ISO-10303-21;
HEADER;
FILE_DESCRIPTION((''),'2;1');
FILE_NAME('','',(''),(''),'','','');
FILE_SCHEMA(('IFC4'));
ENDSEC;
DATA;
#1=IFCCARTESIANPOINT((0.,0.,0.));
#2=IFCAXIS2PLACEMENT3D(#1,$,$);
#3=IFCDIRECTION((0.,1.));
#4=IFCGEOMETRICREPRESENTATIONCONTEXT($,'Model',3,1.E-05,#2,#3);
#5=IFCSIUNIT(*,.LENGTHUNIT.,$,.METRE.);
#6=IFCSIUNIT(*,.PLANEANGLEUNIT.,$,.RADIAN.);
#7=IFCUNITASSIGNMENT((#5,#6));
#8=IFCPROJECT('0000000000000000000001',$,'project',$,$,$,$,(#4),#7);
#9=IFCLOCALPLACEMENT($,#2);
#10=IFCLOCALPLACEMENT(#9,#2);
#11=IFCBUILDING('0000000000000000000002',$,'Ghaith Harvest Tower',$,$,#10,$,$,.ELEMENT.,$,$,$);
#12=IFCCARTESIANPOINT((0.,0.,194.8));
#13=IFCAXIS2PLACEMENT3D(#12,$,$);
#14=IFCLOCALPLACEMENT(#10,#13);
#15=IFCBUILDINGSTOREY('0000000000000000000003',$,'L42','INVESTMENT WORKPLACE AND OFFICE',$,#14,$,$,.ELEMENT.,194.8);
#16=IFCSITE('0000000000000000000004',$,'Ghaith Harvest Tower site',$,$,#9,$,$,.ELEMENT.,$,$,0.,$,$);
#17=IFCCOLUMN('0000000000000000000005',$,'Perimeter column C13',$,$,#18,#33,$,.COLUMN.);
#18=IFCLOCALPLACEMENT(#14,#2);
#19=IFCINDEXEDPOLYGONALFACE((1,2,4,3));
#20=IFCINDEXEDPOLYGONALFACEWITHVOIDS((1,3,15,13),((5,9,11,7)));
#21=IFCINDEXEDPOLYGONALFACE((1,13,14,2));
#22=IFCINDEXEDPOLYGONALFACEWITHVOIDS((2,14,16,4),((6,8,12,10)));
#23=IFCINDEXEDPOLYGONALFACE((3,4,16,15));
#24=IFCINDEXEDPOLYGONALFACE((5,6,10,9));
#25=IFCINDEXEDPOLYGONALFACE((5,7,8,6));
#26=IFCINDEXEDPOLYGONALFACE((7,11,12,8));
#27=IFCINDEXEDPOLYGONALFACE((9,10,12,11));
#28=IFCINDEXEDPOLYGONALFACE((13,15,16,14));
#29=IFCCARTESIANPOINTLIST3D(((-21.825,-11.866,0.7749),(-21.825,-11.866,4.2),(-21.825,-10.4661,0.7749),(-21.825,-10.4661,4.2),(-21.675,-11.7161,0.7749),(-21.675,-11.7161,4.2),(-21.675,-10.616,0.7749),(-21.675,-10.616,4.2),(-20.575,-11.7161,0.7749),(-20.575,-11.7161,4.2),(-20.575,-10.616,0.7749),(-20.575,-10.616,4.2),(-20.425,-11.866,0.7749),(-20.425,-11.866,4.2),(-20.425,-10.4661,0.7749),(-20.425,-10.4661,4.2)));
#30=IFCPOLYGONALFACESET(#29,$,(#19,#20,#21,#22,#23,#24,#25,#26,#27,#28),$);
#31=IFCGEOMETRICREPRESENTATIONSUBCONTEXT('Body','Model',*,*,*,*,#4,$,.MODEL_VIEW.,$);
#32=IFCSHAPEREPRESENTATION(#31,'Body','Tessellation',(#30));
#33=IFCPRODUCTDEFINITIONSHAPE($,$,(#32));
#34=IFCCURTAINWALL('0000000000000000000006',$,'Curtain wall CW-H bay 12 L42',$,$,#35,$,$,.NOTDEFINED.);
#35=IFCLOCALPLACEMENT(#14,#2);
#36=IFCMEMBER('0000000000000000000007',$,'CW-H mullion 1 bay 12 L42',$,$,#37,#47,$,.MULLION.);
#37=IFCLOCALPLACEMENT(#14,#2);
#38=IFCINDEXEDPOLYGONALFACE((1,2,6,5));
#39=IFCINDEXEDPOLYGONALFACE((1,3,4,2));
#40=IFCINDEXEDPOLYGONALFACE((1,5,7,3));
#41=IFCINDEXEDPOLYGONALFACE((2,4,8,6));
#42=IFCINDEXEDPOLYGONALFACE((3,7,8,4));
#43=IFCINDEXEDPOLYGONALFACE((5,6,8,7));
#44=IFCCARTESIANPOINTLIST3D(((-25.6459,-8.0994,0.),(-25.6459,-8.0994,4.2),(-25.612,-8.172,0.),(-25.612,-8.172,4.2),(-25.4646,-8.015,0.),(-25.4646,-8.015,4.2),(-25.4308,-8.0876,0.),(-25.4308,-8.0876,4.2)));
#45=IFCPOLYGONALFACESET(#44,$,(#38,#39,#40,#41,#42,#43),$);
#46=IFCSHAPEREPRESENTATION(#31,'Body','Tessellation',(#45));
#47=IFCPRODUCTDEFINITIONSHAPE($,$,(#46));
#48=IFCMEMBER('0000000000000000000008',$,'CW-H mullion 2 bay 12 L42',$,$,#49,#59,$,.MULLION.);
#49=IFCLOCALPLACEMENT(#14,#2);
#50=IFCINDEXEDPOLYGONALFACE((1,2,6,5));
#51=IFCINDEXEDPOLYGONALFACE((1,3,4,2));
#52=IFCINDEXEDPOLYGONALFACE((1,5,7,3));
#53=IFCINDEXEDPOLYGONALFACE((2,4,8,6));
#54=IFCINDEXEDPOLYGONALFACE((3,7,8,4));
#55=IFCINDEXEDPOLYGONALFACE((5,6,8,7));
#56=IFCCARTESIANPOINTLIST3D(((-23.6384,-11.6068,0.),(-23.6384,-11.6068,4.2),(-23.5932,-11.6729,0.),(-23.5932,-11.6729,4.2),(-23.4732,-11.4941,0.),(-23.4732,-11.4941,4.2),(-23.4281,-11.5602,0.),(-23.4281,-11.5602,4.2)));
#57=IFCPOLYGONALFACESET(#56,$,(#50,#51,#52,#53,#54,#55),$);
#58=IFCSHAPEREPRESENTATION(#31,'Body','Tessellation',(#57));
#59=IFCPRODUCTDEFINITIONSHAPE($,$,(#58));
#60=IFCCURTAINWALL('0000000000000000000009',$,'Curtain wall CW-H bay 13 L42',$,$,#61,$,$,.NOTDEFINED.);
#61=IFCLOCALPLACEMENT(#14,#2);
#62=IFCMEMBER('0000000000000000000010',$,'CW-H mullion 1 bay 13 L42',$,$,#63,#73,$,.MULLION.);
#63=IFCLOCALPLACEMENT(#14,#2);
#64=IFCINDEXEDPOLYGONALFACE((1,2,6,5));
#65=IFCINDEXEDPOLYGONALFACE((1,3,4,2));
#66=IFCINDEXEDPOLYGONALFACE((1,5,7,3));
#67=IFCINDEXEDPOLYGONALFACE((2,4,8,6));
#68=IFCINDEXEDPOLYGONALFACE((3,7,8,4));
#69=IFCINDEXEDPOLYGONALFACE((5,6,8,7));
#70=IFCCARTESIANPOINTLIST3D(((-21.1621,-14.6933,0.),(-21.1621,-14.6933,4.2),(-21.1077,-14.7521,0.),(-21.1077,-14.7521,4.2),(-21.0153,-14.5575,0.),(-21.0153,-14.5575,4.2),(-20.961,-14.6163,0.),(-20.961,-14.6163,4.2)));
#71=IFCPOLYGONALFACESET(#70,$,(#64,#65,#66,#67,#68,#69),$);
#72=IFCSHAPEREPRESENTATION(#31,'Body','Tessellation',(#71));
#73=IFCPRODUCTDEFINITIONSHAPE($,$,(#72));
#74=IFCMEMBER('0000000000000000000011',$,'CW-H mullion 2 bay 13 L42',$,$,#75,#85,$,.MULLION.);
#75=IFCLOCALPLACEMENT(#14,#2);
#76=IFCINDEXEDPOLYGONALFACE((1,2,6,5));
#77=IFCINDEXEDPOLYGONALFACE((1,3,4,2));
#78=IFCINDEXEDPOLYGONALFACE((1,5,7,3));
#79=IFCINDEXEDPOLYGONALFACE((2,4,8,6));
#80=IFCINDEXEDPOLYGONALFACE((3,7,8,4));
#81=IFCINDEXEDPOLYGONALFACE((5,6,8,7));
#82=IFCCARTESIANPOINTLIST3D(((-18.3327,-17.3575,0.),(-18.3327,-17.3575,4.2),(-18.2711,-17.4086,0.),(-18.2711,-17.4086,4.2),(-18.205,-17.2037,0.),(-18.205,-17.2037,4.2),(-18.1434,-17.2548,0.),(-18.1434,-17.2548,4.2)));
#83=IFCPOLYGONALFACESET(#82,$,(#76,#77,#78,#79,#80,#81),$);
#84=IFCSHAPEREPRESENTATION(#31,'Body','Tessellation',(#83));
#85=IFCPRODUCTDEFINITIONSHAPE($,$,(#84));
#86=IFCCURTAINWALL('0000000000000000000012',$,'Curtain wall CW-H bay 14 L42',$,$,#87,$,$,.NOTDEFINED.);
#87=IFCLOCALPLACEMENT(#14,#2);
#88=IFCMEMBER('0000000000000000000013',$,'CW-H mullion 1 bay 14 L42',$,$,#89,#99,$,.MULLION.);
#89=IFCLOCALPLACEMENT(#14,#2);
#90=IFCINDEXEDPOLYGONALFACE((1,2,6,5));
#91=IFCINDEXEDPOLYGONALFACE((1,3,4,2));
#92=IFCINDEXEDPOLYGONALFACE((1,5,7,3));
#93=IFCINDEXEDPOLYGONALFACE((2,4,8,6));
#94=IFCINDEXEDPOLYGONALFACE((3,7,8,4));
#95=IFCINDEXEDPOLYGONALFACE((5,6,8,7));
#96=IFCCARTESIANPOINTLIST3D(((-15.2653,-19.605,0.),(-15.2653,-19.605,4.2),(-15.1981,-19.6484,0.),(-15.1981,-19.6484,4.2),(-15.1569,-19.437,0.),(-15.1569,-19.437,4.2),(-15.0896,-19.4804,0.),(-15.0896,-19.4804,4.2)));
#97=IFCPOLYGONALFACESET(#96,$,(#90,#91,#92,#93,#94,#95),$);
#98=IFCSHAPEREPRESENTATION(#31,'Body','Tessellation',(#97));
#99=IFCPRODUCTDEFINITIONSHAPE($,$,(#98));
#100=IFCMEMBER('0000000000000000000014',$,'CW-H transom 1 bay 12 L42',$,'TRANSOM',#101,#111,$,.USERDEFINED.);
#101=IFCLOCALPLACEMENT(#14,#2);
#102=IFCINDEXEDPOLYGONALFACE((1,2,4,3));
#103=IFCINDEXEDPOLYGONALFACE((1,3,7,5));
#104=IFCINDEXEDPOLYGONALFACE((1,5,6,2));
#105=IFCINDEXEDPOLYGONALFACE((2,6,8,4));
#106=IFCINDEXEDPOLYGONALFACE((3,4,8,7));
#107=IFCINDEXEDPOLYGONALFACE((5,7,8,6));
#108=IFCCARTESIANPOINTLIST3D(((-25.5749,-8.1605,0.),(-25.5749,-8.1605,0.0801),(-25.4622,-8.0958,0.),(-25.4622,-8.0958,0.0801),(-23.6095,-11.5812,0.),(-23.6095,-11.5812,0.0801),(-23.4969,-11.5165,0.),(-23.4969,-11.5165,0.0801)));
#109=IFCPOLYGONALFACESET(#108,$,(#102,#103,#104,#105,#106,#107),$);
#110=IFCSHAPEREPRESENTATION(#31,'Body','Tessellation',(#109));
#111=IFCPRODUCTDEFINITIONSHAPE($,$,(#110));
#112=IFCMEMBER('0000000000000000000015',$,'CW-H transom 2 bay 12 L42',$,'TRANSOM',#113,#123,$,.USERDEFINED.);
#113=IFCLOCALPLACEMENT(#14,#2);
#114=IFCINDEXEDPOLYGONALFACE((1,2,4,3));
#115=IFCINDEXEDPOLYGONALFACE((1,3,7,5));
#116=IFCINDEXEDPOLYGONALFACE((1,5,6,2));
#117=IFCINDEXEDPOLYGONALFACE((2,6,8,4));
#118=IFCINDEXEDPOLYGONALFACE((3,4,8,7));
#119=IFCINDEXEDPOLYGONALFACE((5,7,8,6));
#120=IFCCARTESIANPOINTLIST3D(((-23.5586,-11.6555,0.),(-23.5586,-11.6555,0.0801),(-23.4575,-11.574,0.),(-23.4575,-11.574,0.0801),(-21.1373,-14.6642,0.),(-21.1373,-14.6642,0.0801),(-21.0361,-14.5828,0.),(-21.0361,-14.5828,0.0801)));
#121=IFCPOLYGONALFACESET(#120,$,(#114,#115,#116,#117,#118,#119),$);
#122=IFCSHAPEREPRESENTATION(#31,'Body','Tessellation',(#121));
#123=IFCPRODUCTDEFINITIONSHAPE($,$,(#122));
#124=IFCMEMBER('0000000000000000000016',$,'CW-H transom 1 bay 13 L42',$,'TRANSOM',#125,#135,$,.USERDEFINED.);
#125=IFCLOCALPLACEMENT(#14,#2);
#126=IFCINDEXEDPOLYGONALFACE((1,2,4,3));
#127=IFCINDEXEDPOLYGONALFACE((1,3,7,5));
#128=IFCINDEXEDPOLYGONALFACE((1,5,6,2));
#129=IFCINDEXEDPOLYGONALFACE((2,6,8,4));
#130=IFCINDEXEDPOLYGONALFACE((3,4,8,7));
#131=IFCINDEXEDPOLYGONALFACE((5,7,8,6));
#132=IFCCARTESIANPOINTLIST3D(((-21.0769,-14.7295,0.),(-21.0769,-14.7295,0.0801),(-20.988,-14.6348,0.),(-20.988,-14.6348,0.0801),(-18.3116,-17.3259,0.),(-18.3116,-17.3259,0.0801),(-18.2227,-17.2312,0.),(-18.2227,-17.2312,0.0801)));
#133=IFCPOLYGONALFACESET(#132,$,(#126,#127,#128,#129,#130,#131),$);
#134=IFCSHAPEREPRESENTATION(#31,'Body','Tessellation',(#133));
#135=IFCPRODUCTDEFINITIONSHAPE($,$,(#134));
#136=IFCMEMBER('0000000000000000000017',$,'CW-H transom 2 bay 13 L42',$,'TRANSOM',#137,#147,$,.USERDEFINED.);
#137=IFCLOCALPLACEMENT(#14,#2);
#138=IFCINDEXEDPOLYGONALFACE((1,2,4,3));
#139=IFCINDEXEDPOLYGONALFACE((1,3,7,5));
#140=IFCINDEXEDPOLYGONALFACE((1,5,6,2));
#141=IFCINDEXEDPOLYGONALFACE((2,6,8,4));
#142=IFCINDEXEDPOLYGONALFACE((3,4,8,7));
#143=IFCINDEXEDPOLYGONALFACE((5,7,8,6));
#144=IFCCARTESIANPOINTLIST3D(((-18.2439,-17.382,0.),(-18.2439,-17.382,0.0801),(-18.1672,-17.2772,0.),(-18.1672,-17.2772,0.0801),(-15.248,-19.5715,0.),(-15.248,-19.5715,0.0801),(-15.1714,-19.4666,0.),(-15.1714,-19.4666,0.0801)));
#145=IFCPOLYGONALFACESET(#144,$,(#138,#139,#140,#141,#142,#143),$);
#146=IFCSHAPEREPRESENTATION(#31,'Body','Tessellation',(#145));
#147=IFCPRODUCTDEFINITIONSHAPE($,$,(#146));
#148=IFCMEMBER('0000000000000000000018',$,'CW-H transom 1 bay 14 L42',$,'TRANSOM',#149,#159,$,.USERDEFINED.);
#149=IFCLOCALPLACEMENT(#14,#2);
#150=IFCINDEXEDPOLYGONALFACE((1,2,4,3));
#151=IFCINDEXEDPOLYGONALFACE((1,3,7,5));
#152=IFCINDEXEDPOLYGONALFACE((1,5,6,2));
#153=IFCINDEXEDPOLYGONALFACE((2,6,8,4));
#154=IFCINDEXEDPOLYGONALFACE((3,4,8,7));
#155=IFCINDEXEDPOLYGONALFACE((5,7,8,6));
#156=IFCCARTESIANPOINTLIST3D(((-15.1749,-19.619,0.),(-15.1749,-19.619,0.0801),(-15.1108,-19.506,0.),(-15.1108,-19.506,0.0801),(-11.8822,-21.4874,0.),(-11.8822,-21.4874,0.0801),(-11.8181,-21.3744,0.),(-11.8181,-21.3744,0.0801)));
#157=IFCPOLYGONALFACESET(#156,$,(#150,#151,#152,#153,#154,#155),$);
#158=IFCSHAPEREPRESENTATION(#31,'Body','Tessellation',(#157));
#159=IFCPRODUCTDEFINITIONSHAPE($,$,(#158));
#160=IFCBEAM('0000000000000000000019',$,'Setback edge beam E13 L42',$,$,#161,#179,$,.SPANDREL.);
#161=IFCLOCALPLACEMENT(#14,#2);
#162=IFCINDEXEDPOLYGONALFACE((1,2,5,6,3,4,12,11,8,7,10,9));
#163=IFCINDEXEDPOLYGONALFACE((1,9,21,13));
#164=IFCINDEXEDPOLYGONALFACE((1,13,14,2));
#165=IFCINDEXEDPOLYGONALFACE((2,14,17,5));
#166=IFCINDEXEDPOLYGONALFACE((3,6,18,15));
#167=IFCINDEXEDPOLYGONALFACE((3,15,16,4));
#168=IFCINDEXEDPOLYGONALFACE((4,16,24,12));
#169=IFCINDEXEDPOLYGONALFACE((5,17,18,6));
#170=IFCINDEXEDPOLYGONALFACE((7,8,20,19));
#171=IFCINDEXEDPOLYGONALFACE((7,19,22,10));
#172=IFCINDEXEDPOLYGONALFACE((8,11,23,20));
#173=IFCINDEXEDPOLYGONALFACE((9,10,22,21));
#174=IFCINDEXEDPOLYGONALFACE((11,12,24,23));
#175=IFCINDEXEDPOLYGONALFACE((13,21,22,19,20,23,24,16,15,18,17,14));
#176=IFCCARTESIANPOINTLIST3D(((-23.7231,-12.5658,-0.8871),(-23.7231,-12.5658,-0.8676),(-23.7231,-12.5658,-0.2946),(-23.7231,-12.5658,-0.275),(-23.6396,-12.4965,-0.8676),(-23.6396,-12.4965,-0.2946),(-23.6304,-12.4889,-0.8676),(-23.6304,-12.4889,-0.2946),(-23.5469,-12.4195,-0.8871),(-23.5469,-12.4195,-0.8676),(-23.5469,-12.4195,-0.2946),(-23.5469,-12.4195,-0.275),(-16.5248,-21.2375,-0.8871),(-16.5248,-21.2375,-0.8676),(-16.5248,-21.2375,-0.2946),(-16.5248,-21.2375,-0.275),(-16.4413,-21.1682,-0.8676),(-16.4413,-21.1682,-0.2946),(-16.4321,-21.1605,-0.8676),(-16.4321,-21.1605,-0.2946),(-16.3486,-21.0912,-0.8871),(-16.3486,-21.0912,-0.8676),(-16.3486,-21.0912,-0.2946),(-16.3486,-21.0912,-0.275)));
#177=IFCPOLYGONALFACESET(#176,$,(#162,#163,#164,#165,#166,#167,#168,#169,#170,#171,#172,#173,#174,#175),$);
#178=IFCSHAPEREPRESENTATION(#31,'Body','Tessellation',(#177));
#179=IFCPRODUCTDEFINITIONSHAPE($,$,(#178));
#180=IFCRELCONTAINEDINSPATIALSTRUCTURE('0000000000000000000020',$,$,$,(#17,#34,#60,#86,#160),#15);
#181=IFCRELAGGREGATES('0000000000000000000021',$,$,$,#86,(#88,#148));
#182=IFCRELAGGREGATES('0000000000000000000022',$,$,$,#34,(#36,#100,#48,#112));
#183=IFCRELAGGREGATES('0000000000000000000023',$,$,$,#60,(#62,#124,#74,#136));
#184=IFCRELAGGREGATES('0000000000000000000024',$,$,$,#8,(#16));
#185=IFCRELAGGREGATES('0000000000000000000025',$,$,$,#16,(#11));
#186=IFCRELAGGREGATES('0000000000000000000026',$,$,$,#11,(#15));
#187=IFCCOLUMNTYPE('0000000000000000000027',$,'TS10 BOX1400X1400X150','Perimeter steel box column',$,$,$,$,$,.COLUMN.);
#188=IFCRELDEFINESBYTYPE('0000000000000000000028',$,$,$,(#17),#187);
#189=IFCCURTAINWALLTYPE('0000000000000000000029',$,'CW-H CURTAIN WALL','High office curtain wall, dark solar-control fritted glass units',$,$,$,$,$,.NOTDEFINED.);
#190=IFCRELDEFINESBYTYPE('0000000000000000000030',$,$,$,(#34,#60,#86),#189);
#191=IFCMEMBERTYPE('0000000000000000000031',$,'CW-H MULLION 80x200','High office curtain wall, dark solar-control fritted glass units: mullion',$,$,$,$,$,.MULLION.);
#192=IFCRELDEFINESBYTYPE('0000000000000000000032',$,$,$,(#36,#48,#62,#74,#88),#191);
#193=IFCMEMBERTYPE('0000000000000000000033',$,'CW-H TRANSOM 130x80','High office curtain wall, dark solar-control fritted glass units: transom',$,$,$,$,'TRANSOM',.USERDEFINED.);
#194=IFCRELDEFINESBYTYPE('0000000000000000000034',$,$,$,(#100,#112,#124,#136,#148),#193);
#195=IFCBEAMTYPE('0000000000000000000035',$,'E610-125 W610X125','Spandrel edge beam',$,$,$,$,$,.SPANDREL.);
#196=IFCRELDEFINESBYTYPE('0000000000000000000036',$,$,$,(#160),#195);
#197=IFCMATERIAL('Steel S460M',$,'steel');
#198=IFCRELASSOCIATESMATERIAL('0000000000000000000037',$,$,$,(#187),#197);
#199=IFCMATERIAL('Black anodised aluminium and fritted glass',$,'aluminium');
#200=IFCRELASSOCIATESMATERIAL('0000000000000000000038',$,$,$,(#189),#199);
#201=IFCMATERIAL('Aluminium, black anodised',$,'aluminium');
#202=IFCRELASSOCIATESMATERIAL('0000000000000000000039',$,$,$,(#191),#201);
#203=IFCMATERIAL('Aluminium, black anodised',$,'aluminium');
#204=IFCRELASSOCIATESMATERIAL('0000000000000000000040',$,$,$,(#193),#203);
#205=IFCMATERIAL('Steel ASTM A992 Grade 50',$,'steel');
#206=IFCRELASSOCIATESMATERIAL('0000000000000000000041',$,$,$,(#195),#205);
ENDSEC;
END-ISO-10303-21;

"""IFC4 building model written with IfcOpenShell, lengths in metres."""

from ifc_helpers import new_model, si_unit, direction, frame, origin, origin_2d, place, context, subcontext, project, spatial, rectangle, hollow_rectangle, i_section, extrude, material, material_profile, profile_set, type_object, element, aggregate, save


model = new_model("IFC4")

# Units and contexts
model_context = context("Model", 3, precision=1e-05, world=origin(), true_north=direction((0.0, 1.0)))
body_context = subcontext(model_context, "Body", "Model", "MODEL_VIEW")
ifc_project = project(units=[si_unit("LENGTHUNIT", "METRE"), si_unit("PLANEANGLEUNIT", "RADIAN")], contexts=[model_context])

# Site, building, storey
site_placement = place(None, origin())
site = spatial("IfcSite", under=ifc_project, at=site_placement, Name="Ghaith Harvest Tower site", CompositionType="ELEMENT", RefElevation=0.0)
building_placement = place(site_placement, origin())
building = spatial("IfcBuilding", under=site, at=building_placement, Name="Ghaith Harvest Tower", CompositionType="ELEMENT")
storey_placement = place(building_placement, frame((0.0, 0.0, 194.8)))
storey = spatial("IfcBuildingStorey", under=building, at=storey_placement, Name="L42", Description="INVESTMENT WORKPLACE AND OFFICE", CompositionType="ELEMENT", Elevation=194.8)

# Column
ifc_material_1 = material(Name="Steel S460M", Category="steel")
ifc_material_profile_1 = material_profile(ifc_material_1, hollow_rectangle(XDim=1.3999, YDim=1.3999, WallThickness=0.1499, at=origin_2d()), Name="BOX1400X1400X150")
ifc_profile_set_1 = profile_set([ifc_material_profile_1], Name="Steel S460M")
column_type = type_object("IfcColumnType", Name="TS10 BOX1400X1400X150", Description="Perimeter steel box column", PredefinedType="COLUMN", material=ifc_profile_set_1)
column_placement = place(storey_placement, frame((-21.125, -11.166, 0.7749), z_axis=(0.0, 0.0, 1.0), x_axis=(1.0, 0.0, 0.0)))
element("IfcColumn", 1, at=column_placement, inside=storey, type_object=column_type, Name="Perimeter column C13", PredefinedType="COLUMN", context=body_context, shape_type="SweptSolid", body=[
    extrude(hollow_rectangle(XDim=1.3999, YDim=1.3999, WallThickness=0.1499, at=origin_2d()), origin(), (0.0, 0.0, 1.0), 3.425),
])

# Curtain walls, members
ifc_material_2 = material(Name="Black anodised aluminium and fritted glass", Category="aluminium")
curtain_wall_type = type_object("IfcCurtainWallType", Name="CW-H CURTAIN WALL", Description="High office curtain wall, dark solar-control fritted glass units", PredefinedType="NOTDEFINED", material=ifc_material_2)
curtain_wall_1_placement = place(storey_placement, origin())
curtain_wall_1 = element("IfcCurtainWall", 2, at=curtain_wall_1_placement, inside=storey, type_object=curtain_wall_type, Name="Curtain wall CW-H bay 12 L42", PredefinedType="NOTDEFINED")
ifc_material_3 = material(Name="Aluminium, black anodised", Category="aluminium")
ifc_material_profile_2 = material_profile(ifc_material_3, rectangle(XDim=0.0801, YDim=0.2, at=origin_2d()), Name="CW-H MULLION 80x200")
ifc_profile_set_2 = profile_set([ifc_material_profile_2], Name="Aluminium, black anodised")
member_type_1 = type_object("IfcMemberType", Name="CW-H MULLION 80x200", Description="High office curtain wall, dark solar-control fritted glass units: mullion", PredefinedType="MULLION", material=ifc_profile_set_2)
member_1_placement = place(storey_placement, frame((-25.5383, -8.0935, 0.0), z_axis=(0.0, 0.0, 1.0), x_axis=(0.422309, -0.906452, 0.0)))
member_1 = element("IfcMember", 3, at=member_1_placement, type_object=member_type_1, Name="CW-H mullion 1 bay 12 L42", PredefinedType="MULLION", context=body_context, shape_type="SweptSolid", body=[
    extrude(rectangle(XDim=0.0801, YDim=0.2, at=origin_2d()), origin(), (0.0, 0.0, 1.0), 4.2),
])
member_2_placement = place(storey_placement, frame((-23.5332, -11.5835, 0.0), z_axis=(0.0, 0.0, 1.0), x_axis=(0.563617, -0.826037, 0.0)))
member_2 = element("IfcMember", 4, at=member_2_placement, type_object=member_type_1, Name="CW-H mullion 2 bay 12 L42", PredefinedType="MULLION", context=body_context, shape_type="SweptSolid", body=[
    extrude(rectangle(XDim=0.0801, YDim=0.2, at=origin_2d()), origin(), (0.0, 0.0, 1.0), 4.2),
])
curtain_wall_2_placement = place(storey_placement, origin())
curtain_wall_2 = element("IfcCurtainWall", 5, at=curtain_wall_2_placement, inside=storey, type_object=curtain_wall_type, Name="Curtain wall CW-H bay 13 L42", PredefinedType="NOTDEFINED")
member_3_placement = place(storey_placement, frame((-21.0615, -14.6548, 0.0), z_axis=(0.0, 0.0, 1.0), x_axis=(0.679182, -0.73397, 0.0)))
member_3 = element("IfcMember", 6, at=member_3_placement, type_object=member_type_1, Name="CW-H mullion 1 bay 13 L42", PredefinedType="MULLION", context=body_context, shape_type="SweptSolid", body=[
    extrude(rectangle(XDim=0.0801, YDim=0.2, at=origin_2d()), origin(), (0.0, 0.0, 1.0), 4.2),
])
member_4_placement = place(storey_placement, frame((-18.238, -17.3062, 0.0), z_axis=(0.0, 0.0, 1.0), x_axis=(0.769217, -0.638988, 0.0)))
member_4 = element("IfcMember", 7, at=member_4_placement, type_object=member_type_1, Name="CW-H mullion 2 bay 13 L42", PredefinedType="MULLION", context=body_context, shape_type="SweptSolid", body=[
    extrude(rectangle(XDim=0.0801, YDim=0.2, at=origin_2d()), origin(), (0.0, 0.0, 1.0), 4.2),
])

# Curtain wall, member
curtain_wall_3_placement = place(storey_placement, origin())
curtain_wall_3 = element("IfcCurtainWall", 8, at=curtain_wall_3_placement, inside=storey, type_object=curtain_wall_type, Name="Curtain wall CW-H bay 14 L42", PredefinedType="NOTDEFINED")
member_5_placement = place(storey_placement, frame((-15.1775, -19.5427, 0.0), z_axis=(0.0, 0.0, 1.0), x_axis=(0.840234, -0.542225, 0.0)))
member_5 = element("IfcMember", 9, at=member_5_placement, type_object=member_type_1, Name="CW-H mullion 1 bay 14 L42", PredefinedType="MULLION", context=body_context, shape_type="SweptSolid", body=[
    extrude(rectangle(XDim=0.0801, YDim=0.2, at=origin_2d()), origin(), (0.0, 0.0, 1.0), 4.2),
])

# Members
ifc_material_4 = material(Name="Aluminium, black anodised", Category="aluminium")
ifc_material_profile_3 = material_profile(ifc_material_4, rectangle(XDim=0.1299, YDim=0.0801, at=origin_2d()), Name="CW-H TRANSOM 130x80")
ifc_profile_set_3 = profile_set([ifc_material_profile_3], Name="Aluminium, black anodised")
member_type_2 = type_object("IfcMemberType", Name="CW-H TRANSOM 130x80", Description="High office curtain wall, dark solar-control fritted glass units: transom", ElementType="TRANSOM", PredefinedType="USERDEFINED", material=ifc_profile_set_3)
member_6_placement = place(storey_placement, frame((-25.5186, -8.1282, 0.04), z_axis=(0.498177, -0.867075, 0.0), x_axis=(0.867075, 0.498177, 0.0)))
member_6 = element("IfcMember", 10, at=member_6_placement, type_object=member_type_2, Name="CW-H transom 1 bay 12 L42", ObjectType="TRANSOM", PredefinedType="USERDEFINED", context=body_context, shape_type="SweptSolid", body=[
    extrude(rectangle(XDim=0.1299, YDim=0.0801, at=origin_2d()), origin(), (0.0, 0.0, 1.0), 3.9451),
])
member_7_placement = place(storey_placement, frame((-23.5081, -11.6147, 0.04), z_axis=(0.626959, -0.779052, 0.0), x_axis=(0.779052, 0.626959, 0.0)))
member_7 = element("IfcMember", 11, at=member_7_placement, type_object=member_type_2, Name="CW-H transom 2 bay 12 L42", ObjectType="TRANSOM", PredefinedType="USERDEFINED", context=body_context, shape_type="SweptSolid", body=[
    extrude(rectangle(XDim=0.1299, YDim=0.0801, at=origin_2d()), origin(), (0.0, 0.0, 1.0), 3.8621),
])
member_8_placement = place(storey_placement, frame((-21.0325, -14.6821, 0.04), z_axis=(0.729025, -0.684487, 0.0), x_axis=(0.684487, 0.729025, 0.0)))
member_8 = element("IfcMember", 12, at=member_8_placement, type_object=member_type_2, Name="CW-H transom 1 bay 13 L42", ObjectType="TRANSOM", PredefinedType="USERDEFINED", context=body_context, shape_type="SweptSolid", body=[
    extrude(rectangle(XDim=0.1299, YDim=0.0801, at=origin_2d()), origin(), (0.0, 0.0, 1.0), 3.7932),
])
member_9_placement = place(storey_placement, frame((-18.2056, -17.3296, 0.04), z_axis=(0.807368, -0.590048, 0.0), x_axis=(0.590048, 0.807368, 0.0)))
member_9 = element("IfcMember", 13, at=member_9_placement, type_object=member_type_2, Name="CW-H transom 2 bay 13 L42", ObjectType="TRANSOM", PredefinedType="USERDEFINED", context=body_context, shape_type="SweptSolid", body=[
    extrude(rectangle(XDim=0.1299, YDim=0.0801, at=origin_2d()), origin(), (0.0, 0.0, 1.0), 3.7107),
])
member_10_placement = place(storey_placement, frame((-15.1428, -19.5625, 0.04), z_axis=(0.869735, -0.493519, 0.0), x_axis=(0.493519, 0.869735, 0.0)))
member_10 = element("IfcMember", 14, at=member_10_placement, type_object=member_type_2, Name="CW-H transom 1 bay 14 L42", ObjectType="TRANSOM", PredefinedType="USERDEFINED", context=body_context, shape_type="SweptSolid", body=[
    extrude(rectangle(XDim=0.1299, YDim=0.0801, at=origin_2d()), origin(), (0.0, 0.0, 1.0), 3.7859),
])
aggregate(curtain_wall_3, [member_5, member_10])

# Beam
ifc_material_5 = material(Name="Steel ASTM A992 Grade 50", Category="steel")
ifc_material_profile_4 = material_profile(ifc_material_5, i_section(OverallWidth=0.229, OverallDepth=0.6121, WebThickness=0.012, FlangeThickness=0.0195, at=origin_2d()), Name="W610X125")
ifc_profile_set_4 = profile_set([ifc_material_profile_4], Name="Steel ASTM A992 Grade 50")
beam_type_1 = type_object("IfcBeamType", Name="E610-125 W610X125", Description="Spandrel edge beam", PredefinedType="SPANDREL", material=ifc_profile_set_4)
beam_1_placement = place(storey_placement, frame((-23.635, -12.4927, -0.5811), z_axis=(0.638711, -0.769447, 0.0), x_axis=(0.769447, 0.638711, 0.0)))
element("IfcBeam", 15, at=beam_1_placement, inside=storey, type_object=beam_type_1, Name="Setback edge beam E13 L42", PredefinedType="SPANDREL", context=body_context, shape_type="SweptSolid", body=[
    extrude(i_section(OverallWidth=0.229, OverallDepth=0.6121, WebThickness=0.012, FlangeThickness=0.0195, at=origin_2d()), origin(), (0.0, 0.0, 1.0), 11.27),
])

aggregate(curtain_wall_1, [member_1, member_6, member_2, member_7])
aggregate(curtain_wall_2, [member_3, member_8, member_4, member_9])

save(model, "model.ifc")
